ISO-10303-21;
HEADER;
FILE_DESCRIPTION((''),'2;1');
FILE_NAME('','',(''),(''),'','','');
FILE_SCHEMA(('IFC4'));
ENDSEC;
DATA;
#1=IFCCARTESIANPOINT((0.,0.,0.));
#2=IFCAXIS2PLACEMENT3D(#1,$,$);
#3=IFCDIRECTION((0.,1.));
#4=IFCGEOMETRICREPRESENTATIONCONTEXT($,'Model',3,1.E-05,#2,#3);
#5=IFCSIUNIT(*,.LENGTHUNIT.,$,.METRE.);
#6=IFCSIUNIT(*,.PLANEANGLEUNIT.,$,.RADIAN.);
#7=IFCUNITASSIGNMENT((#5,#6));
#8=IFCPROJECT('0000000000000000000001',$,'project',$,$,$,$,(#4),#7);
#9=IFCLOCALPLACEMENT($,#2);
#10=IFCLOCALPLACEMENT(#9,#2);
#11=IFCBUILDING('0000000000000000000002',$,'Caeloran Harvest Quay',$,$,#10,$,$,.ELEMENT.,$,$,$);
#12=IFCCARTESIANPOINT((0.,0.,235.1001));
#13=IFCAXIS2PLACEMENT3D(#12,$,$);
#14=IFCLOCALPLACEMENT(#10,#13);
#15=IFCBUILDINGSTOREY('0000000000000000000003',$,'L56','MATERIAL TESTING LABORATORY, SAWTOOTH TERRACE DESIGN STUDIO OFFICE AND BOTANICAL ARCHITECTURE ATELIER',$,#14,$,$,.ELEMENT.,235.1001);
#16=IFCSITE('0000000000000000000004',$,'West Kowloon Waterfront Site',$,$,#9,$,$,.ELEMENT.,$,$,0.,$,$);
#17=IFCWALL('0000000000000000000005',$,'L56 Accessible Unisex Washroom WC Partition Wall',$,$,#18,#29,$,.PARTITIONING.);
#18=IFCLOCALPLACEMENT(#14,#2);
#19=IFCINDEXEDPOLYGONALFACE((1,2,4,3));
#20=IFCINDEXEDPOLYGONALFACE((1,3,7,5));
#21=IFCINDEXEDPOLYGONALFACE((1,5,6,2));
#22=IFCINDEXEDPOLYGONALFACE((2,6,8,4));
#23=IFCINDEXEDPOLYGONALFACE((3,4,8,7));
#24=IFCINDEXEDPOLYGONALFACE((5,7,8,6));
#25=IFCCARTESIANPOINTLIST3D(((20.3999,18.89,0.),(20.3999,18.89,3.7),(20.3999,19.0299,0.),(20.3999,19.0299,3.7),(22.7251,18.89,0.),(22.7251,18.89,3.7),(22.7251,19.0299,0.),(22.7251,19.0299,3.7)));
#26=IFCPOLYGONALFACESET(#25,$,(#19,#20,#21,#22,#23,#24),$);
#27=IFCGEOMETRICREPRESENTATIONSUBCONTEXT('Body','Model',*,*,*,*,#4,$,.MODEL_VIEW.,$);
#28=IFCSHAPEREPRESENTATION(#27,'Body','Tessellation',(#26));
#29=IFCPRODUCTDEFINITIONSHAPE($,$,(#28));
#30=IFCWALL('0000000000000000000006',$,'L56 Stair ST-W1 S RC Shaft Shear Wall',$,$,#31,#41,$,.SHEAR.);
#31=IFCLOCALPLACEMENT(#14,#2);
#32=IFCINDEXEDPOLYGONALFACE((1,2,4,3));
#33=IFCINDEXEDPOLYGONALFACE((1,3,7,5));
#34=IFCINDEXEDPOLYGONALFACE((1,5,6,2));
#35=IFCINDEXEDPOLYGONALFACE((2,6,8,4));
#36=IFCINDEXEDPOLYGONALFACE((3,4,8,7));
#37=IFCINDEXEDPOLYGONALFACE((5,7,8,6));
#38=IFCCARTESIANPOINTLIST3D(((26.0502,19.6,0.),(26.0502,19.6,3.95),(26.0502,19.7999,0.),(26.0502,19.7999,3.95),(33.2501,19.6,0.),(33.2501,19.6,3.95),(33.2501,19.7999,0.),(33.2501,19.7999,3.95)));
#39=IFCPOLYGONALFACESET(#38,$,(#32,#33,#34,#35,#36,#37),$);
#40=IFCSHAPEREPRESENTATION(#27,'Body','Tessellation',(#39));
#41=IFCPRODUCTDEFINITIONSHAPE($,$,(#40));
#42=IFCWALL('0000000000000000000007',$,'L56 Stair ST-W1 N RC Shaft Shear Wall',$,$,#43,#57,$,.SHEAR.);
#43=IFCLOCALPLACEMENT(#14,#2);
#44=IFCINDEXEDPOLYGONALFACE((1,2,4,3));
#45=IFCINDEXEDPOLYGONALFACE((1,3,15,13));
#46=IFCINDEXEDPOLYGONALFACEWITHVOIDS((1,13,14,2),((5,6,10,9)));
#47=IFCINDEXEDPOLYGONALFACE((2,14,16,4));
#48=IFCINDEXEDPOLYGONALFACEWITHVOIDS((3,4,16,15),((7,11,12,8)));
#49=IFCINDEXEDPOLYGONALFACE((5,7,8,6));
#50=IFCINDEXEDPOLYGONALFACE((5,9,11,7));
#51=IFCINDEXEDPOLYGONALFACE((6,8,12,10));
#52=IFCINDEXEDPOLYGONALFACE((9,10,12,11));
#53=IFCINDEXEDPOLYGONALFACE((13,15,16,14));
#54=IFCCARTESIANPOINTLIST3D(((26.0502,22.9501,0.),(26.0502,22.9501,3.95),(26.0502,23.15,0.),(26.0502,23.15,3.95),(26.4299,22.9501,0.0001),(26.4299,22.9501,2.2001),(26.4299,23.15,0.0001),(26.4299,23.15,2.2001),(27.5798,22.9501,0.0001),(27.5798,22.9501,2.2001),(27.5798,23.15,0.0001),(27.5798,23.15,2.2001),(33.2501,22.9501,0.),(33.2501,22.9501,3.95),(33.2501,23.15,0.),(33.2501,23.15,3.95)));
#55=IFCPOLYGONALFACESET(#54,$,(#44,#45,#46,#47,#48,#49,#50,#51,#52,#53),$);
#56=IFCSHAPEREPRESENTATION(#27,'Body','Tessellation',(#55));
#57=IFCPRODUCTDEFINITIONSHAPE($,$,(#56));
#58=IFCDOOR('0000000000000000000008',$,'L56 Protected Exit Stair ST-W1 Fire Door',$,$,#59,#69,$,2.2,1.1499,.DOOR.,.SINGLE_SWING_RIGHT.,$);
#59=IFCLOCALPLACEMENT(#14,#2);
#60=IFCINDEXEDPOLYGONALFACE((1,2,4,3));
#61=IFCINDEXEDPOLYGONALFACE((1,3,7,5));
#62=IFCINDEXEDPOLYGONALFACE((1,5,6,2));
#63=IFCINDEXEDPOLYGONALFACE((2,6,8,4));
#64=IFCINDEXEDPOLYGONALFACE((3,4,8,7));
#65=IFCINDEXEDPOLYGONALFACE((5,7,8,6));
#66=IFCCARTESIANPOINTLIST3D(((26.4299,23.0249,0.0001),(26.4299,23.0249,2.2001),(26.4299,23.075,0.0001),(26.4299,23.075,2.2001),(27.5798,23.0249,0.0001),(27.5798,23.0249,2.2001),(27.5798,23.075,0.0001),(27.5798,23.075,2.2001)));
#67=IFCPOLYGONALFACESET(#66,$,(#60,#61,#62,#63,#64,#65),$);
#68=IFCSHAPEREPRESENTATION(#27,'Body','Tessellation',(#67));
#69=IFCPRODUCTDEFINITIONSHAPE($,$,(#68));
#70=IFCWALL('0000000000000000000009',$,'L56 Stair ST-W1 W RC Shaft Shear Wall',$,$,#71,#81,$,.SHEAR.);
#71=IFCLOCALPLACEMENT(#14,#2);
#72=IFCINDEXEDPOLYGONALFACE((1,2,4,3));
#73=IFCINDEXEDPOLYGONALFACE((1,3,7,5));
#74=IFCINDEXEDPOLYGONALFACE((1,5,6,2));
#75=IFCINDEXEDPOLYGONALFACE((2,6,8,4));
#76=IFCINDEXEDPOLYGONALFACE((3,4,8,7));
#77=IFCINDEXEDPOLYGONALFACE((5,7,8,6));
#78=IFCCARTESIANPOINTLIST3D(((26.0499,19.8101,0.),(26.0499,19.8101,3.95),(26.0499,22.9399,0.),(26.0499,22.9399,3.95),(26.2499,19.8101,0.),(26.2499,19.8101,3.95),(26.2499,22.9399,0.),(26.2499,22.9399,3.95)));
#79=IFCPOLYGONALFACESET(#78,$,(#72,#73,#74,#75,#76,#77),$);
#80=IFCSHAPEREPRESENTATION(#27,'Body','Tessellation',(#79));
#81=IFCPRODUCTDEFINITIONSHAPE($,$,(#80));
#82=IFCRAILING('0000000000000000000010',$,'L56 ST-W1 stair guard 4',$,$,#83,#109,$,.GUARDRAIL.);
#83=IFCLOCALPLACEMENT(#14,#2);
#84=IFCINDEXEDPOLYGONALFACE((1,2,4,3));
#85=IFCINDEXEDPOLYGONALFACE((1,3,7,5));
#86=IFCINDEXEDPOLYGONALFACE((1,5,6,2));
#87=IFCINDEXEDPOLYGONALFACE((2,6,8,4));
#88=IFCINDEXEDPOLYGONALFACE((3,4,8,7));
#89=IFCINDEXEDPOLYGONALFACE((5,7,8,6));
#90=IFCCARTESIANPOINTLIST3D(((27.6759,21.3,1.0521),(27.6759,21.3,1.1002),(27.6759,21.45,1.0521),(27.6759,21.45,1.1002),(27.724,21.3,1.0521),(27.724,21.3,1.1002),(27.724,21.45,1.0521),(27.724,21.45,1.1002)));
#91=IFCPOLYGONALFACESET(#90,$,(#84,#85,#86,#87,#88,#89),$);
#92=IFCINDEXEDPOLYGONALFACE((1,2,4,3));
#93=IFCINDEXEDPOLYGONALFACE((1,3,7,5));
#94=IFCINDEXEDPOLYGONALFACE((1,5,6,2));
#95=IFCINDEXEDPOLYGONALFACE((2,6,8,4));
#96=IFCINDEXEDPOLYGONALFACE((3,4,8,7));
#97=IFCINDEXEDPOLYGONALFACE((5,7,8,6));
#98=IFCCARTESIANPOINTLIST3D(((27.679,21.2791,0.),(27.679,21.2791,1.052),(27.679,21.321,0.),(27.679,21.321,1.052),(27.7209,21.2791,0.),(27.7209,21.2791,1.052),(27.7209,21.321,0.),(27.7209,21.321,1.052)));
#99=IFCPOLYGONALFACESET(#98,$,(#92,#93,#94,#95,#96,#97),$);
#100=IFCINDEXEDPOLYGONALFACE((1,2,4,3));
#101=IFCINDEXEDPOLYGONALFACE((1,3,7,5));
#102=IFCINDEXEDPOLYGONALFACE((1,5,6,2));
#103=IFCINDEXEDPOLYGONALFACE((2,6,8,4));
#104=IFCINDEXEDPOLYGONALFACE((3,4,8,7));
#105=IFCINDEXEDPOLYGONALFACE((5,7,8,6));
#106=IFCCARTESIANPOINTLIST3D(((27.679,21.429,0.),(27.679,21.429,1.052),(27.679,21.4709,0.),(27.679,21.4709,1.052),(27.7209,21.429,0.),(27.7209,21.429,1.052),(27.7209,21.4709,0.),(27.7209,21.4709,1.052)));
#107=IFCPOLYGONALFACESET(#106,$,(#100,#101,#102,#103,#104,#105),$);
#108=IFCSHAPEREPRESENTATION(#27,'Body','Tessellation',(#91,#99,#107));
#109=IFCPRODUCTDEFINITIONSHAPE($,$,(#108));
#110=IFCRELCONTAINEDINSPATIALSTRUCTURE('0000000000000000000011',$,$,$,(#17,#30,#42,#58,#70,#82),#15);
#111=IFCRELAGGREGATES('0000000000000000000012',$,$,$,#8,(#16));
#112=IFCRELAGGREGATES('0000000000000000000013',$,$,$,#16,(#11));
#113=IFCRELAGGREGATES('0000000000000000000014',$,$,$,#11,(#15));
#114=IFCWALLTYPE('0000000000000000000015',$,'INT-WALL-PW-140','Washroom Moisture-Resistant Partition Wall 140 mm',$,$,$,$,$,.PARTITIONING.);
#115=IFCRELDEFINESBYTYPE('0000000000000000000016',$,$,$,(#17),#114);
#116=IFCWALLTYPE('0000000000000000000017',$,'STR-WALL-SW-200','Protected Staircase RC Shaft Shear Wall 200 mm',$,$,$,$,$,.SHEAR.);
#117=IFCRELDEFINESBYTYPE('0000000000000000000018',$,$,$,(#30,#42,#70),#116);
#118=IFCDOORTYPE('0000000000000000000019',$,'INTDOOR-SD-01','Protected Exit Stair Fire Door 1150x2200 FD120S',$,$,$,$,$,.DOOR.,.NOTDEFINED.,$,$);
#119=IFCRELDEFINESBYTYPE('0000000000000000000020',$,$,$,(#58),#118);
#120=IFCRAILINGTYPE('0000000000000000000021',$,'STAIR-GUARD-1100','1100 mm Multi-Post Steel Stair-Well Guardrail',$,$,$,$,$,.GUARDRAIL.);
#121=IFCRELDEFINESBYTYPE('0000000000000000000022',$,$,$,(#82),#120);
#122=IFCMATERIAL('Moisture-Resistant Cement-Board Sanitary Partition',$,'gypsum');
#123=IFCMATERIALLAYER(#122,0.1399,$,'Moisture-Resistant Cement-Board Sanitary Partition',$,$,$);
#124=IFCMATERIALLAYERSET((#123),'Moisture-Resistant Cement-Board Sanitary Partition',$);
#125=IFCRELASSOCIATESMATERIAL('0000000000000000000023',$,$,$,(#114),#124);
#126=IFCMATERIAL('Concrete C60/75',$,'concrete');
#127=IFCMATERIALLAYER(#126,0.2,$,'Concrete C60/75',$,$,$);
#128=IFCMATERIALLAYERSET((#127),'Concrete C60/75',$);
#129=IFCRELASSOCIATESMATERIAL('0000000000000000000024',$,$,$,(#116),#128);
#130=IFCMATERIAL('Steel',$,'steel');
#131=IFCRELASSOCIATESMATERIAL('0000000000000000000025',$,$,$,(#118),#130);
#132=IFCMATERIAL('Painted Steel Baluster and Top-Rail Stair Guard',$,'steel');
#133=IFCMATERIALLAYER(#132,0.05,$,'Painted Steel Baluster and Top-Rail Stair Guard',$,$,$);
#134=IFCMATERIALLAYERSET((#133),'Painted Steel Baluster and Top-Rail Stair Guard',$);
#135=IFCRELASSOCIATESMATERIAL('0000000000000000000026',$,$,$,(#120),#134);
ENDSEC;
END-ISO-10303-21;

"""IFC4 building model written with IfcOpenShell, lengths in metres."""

from ifc_helpers import new_model, si_unit, direction, frame, frame_2d, origin, origin_2d, place, context, subcontext, project, spatial, rectangle, extrude, material, layer, layer_set, type_object, element, fill, save


model = new_model("IFC4")

# Units and contexts
model_context = context("Model", 3, precision=1e-05, world=origin(), true_north=direction((0.0, 1.0)))
body_context = subcontext(model_context, "Body", "Model", "MODEL_VIEW")
ifc_project = project(units=[si_unit("LENGTHUNIT", "METRE"), si_unit("PLANEANGLEUNIT", "RADIAN")], contexts=[model_context])

# Site, building, storey
site_placement = place(None, origin())
site = spatial("IfcSite", under=ifc_project, at=site_placement, Name="West Kowloon Waterfront Site", CompositionType="ELEMENT", RefElevation=0.0)
building_placement = place(site_placement, origin())
building = spatial("IfcBuilding", under=site, at=building_placement, Name="Caeloran Harvest Quay", CompositionType="ELEMENT")
storey_placement = place(building_placement, frame((0.0, 0.0, 235.1001)))
storey = spatial("IfcBuildingStorey", under=building, at=storey_placement, Name="L56", Description="MATERIAL TESTING LABORATORY, SAWTOOTH TERRACE DESIGN STUDIO OFFICE AND BOTANICAL ARCHITECTURE ATELIER", CompositionType="ELEMENT", Elevation=235.1001)

# Shared definitions
ifc_material_1 = material(Name="Moisture-Resistant Cement-Board Sanitary Partition", Category="gypsum")
ifc_layer_1 = layer(ifc_material_1, 0.1399, Name="Moisture-Resistant Cement-Board Sanitary Partition")
ifc_layer_set_1 = layer_set([ifc_layer_1], Name="Moisture-Resistant Cement-Board Sanitary Partition")
wall_type_1 = type_object("IfcWallType", Name="INT-WALL-PW-140", Description="Washroom Moisture-Resistant Partition Wall 140 mm", PredefinedType="PARTITIONING", material=ifc_layer_set_1)

# Walls
wall_1_placement = place(storey_placement, frame((22.7251, 18.96, 0.0), z_axis=(0.0, 0.0, 1.0), x_axis=(-1.0, 0.0, 0.0)))
element("IfcWall", 1, at=wall_1_placement, inside=storey, type_object=wall_type_1, Name="L56 Accessible Unisex Washroom WC Partition Wall", PredefinedType="PARTITIONING", context=body_context, shape_type="SweptSolid", body=[
    extrude(rectangle(XDim=2.3252, YDim=0.1399, at=frame_2d((1.1626, 0.0))), origin(), (0.0, 0.0, 1.0), 3.7),
])
ifc_material_2 = material(Name="Concrete C60/75", Category="concrete")
ifc_layer_2 = layer(ifc_material_2, 0.2, Name="Concrete C60/75")
ifc_layer_set_2 = layer_set([ifc_layer_2], Name="Concrete C60/75")
wall_type_2 = type_object("IfcWallType", Name="STR-WALL-SW-200", Description="Protected Staircase RC Shaft Shear Wall 200 mm", PredefinedType="SHEAR", material=ifc_layer_set_2)
wall_2_placement = place(storey_placement, frame((26.05, 19.7, 0.0), z_axis=(0.0, 0.0, 1.0), x_axis=(1.0, 0.0, 0.0)))
element("IfcWall", 2, at=wall_2_placement, inside=storey, type_object=wall_type_2, Name="L56 Stair ST-W1 S RC Shaft Shear Wall", PredefinedType="SHEAR", context=body_context, shape_type="SweptSolid", body=[
    extrude(rectangle(XDim=7.2, YDim=0.2, at=frame_2d((3.6001, 0.0))), origin(), (0.0, 0.0, 1.0), 3.95),
])

# Wall, opening, door
wall_3_placement = place(storey_placement, frame((26.05, 23.05, 0.0), z_axis=(0.0, 0.0, 1.0), x_axis=(1.0, 0.0, 0.0)))
wall_3 = element("IfcWall", 3, at=wall_3_placement, inside=storey, type_object=wall_type_2, Name="L56 Stair ST-W1 N RC Shaft Shear Wall", PredefinedType="SHEAR", context=body_context, shape_type="SweptSolid", body=[
    extrude(rectangle(XDim=7.2, YDim=0.2, at=frame_2d((3.6001, 0.0))), origin(), (0.0, 0.0, 1.0), 3.95),
])
opening_1_placement = place(wall_3_placement, frame((0.3799, 0.0, 0.0)))
opening_1 = element("IfcOpeningElement", 4, at=opening_1_placement, cuts=wall_3, PredefinedType="OPENING", context=body_context, shape_type="SweptSolid", body=[
    extrude(rectangle(XDim=1.1499, YDim=2.2, at=frame_2d((0.575, 1.1001))), frame((0.0, 0.1099, 0.0), z_axis=(0.0, -1.0, 0.0), x_axis=(1.0, 0.0, 0.0)), (0.0, 0.0, 1.0), 0.22),
])
ifc_material_3 = material(Name="Steel", Category="steel")
door_type_1 = type_object("IfcDoorType", Name="INTDOOR-SD-01", Description="Protected Exit Stair Fire Door 1150x2200 FD120S", OperationType="NOTDEFINED", PredefinedType="DOOR", material=ifc_material_3)
door_1_placement = place(opening_1_placement, origin())
door_1 = element("IfcDoor", 5, at=door_1_placement, inside=storey, type_object=door_type_1, Name="L56 Protected Exit Stair ST-W1 Fire Door", OperationType="SINGLE_SWING_RIGHT", OverallHeight=2.2, OverallWidth=1.1499, PredefinedType="DOOR", context=body_context, shape_type="SweptSolid", body=[
    extrude(rectangle(XDim=1.1499, YDim=2.2, at=frame_2d((0.575, 1.1001))), frame((0.0, 0.0249, 0.0), z_axis=(0.0, -1.0, 0.0), x_axis=(1.0, 0.0, 0.0)), (0.0, 0.0, 1.0), 0.05),
])
fill(opening_1, door_1)

# Wall
wall_4_placement = place(storey_placement, frame((26.1499, 19.8101, 0.0), z_axis=(0.0, 0.0, 1.0), x_axis=(0.0, 1.0, 0.0)))
element("IfcWall", 6, at=wall_4_placement, inside=storey, type_object=wall_type_2, Name="L56 Stair ST-W1 W RC Shaft Shear Wall", PredefinedType="SHEAR", context=body_context, shape_type="SweptSolid", body=[
    extrude(rectangle(XDim=3.1299, YDim=0.2, at=frame_2d((1.5649, 0.0))), origin(), (0.0, 0.0, 1.0), 3.95),
])

# Railing
ifc_material_4 = material(Name="Painted Steel Baluster and Top-Rail Stair Guard", Category="steel")
ifc_layer_3 = layer(ifc_material_4, 0.05, Name="Painted Steel Baluster and Top-Rail Stair Guard")
ifc_layer_set_3 = layer_set([ifc_layer_3], Name="Painted Steel Baluster and Top-Rail Stair Guard")
railing_type = type_object("IfcRailingType", Name="STAIR-GUARD-1100", Description="1100 mm Multi-Post Steel Stair-Well Guardrail", PredefinedType="GUARDRAIL", material=ifc_layer_set_3)
railing_placement = place(storey_placement, frame((27.7, 21.3, 0.0)))
element("IfcRailing", 7, at=railing_placement, inside=storey, type_object=railing_type, Name="L56 ST-W1 stair guard 4", PredefinedType="GUARDRAIL", context=body_context, shape_type="SweptSolid", body=[
    extrude(rectangle(XDim=0.0481, YDim=0.0481, at=origin_2d()), frame((0.0, 0.0, 1.0762), z_axis=(0.0, 1.0, 0.0), x_axis=(-1.0, 0.0, 0.0)), (0.0, 0.0, 1.0), 0.1499),
    extrude(rectangle(XDim=0.042, YDim=0.042, at=origin_2d()), origin(), (0.0, 0.0, 1.0), 1.052),
    extrude(rectangle(XDim=0.042, YDim=0.042, at=origin_2d()), frame((0.0, 0.1499, 0.0)), (0.0, 0.0, 1.0), 1.052),
])

save(model, "model.ifc")
